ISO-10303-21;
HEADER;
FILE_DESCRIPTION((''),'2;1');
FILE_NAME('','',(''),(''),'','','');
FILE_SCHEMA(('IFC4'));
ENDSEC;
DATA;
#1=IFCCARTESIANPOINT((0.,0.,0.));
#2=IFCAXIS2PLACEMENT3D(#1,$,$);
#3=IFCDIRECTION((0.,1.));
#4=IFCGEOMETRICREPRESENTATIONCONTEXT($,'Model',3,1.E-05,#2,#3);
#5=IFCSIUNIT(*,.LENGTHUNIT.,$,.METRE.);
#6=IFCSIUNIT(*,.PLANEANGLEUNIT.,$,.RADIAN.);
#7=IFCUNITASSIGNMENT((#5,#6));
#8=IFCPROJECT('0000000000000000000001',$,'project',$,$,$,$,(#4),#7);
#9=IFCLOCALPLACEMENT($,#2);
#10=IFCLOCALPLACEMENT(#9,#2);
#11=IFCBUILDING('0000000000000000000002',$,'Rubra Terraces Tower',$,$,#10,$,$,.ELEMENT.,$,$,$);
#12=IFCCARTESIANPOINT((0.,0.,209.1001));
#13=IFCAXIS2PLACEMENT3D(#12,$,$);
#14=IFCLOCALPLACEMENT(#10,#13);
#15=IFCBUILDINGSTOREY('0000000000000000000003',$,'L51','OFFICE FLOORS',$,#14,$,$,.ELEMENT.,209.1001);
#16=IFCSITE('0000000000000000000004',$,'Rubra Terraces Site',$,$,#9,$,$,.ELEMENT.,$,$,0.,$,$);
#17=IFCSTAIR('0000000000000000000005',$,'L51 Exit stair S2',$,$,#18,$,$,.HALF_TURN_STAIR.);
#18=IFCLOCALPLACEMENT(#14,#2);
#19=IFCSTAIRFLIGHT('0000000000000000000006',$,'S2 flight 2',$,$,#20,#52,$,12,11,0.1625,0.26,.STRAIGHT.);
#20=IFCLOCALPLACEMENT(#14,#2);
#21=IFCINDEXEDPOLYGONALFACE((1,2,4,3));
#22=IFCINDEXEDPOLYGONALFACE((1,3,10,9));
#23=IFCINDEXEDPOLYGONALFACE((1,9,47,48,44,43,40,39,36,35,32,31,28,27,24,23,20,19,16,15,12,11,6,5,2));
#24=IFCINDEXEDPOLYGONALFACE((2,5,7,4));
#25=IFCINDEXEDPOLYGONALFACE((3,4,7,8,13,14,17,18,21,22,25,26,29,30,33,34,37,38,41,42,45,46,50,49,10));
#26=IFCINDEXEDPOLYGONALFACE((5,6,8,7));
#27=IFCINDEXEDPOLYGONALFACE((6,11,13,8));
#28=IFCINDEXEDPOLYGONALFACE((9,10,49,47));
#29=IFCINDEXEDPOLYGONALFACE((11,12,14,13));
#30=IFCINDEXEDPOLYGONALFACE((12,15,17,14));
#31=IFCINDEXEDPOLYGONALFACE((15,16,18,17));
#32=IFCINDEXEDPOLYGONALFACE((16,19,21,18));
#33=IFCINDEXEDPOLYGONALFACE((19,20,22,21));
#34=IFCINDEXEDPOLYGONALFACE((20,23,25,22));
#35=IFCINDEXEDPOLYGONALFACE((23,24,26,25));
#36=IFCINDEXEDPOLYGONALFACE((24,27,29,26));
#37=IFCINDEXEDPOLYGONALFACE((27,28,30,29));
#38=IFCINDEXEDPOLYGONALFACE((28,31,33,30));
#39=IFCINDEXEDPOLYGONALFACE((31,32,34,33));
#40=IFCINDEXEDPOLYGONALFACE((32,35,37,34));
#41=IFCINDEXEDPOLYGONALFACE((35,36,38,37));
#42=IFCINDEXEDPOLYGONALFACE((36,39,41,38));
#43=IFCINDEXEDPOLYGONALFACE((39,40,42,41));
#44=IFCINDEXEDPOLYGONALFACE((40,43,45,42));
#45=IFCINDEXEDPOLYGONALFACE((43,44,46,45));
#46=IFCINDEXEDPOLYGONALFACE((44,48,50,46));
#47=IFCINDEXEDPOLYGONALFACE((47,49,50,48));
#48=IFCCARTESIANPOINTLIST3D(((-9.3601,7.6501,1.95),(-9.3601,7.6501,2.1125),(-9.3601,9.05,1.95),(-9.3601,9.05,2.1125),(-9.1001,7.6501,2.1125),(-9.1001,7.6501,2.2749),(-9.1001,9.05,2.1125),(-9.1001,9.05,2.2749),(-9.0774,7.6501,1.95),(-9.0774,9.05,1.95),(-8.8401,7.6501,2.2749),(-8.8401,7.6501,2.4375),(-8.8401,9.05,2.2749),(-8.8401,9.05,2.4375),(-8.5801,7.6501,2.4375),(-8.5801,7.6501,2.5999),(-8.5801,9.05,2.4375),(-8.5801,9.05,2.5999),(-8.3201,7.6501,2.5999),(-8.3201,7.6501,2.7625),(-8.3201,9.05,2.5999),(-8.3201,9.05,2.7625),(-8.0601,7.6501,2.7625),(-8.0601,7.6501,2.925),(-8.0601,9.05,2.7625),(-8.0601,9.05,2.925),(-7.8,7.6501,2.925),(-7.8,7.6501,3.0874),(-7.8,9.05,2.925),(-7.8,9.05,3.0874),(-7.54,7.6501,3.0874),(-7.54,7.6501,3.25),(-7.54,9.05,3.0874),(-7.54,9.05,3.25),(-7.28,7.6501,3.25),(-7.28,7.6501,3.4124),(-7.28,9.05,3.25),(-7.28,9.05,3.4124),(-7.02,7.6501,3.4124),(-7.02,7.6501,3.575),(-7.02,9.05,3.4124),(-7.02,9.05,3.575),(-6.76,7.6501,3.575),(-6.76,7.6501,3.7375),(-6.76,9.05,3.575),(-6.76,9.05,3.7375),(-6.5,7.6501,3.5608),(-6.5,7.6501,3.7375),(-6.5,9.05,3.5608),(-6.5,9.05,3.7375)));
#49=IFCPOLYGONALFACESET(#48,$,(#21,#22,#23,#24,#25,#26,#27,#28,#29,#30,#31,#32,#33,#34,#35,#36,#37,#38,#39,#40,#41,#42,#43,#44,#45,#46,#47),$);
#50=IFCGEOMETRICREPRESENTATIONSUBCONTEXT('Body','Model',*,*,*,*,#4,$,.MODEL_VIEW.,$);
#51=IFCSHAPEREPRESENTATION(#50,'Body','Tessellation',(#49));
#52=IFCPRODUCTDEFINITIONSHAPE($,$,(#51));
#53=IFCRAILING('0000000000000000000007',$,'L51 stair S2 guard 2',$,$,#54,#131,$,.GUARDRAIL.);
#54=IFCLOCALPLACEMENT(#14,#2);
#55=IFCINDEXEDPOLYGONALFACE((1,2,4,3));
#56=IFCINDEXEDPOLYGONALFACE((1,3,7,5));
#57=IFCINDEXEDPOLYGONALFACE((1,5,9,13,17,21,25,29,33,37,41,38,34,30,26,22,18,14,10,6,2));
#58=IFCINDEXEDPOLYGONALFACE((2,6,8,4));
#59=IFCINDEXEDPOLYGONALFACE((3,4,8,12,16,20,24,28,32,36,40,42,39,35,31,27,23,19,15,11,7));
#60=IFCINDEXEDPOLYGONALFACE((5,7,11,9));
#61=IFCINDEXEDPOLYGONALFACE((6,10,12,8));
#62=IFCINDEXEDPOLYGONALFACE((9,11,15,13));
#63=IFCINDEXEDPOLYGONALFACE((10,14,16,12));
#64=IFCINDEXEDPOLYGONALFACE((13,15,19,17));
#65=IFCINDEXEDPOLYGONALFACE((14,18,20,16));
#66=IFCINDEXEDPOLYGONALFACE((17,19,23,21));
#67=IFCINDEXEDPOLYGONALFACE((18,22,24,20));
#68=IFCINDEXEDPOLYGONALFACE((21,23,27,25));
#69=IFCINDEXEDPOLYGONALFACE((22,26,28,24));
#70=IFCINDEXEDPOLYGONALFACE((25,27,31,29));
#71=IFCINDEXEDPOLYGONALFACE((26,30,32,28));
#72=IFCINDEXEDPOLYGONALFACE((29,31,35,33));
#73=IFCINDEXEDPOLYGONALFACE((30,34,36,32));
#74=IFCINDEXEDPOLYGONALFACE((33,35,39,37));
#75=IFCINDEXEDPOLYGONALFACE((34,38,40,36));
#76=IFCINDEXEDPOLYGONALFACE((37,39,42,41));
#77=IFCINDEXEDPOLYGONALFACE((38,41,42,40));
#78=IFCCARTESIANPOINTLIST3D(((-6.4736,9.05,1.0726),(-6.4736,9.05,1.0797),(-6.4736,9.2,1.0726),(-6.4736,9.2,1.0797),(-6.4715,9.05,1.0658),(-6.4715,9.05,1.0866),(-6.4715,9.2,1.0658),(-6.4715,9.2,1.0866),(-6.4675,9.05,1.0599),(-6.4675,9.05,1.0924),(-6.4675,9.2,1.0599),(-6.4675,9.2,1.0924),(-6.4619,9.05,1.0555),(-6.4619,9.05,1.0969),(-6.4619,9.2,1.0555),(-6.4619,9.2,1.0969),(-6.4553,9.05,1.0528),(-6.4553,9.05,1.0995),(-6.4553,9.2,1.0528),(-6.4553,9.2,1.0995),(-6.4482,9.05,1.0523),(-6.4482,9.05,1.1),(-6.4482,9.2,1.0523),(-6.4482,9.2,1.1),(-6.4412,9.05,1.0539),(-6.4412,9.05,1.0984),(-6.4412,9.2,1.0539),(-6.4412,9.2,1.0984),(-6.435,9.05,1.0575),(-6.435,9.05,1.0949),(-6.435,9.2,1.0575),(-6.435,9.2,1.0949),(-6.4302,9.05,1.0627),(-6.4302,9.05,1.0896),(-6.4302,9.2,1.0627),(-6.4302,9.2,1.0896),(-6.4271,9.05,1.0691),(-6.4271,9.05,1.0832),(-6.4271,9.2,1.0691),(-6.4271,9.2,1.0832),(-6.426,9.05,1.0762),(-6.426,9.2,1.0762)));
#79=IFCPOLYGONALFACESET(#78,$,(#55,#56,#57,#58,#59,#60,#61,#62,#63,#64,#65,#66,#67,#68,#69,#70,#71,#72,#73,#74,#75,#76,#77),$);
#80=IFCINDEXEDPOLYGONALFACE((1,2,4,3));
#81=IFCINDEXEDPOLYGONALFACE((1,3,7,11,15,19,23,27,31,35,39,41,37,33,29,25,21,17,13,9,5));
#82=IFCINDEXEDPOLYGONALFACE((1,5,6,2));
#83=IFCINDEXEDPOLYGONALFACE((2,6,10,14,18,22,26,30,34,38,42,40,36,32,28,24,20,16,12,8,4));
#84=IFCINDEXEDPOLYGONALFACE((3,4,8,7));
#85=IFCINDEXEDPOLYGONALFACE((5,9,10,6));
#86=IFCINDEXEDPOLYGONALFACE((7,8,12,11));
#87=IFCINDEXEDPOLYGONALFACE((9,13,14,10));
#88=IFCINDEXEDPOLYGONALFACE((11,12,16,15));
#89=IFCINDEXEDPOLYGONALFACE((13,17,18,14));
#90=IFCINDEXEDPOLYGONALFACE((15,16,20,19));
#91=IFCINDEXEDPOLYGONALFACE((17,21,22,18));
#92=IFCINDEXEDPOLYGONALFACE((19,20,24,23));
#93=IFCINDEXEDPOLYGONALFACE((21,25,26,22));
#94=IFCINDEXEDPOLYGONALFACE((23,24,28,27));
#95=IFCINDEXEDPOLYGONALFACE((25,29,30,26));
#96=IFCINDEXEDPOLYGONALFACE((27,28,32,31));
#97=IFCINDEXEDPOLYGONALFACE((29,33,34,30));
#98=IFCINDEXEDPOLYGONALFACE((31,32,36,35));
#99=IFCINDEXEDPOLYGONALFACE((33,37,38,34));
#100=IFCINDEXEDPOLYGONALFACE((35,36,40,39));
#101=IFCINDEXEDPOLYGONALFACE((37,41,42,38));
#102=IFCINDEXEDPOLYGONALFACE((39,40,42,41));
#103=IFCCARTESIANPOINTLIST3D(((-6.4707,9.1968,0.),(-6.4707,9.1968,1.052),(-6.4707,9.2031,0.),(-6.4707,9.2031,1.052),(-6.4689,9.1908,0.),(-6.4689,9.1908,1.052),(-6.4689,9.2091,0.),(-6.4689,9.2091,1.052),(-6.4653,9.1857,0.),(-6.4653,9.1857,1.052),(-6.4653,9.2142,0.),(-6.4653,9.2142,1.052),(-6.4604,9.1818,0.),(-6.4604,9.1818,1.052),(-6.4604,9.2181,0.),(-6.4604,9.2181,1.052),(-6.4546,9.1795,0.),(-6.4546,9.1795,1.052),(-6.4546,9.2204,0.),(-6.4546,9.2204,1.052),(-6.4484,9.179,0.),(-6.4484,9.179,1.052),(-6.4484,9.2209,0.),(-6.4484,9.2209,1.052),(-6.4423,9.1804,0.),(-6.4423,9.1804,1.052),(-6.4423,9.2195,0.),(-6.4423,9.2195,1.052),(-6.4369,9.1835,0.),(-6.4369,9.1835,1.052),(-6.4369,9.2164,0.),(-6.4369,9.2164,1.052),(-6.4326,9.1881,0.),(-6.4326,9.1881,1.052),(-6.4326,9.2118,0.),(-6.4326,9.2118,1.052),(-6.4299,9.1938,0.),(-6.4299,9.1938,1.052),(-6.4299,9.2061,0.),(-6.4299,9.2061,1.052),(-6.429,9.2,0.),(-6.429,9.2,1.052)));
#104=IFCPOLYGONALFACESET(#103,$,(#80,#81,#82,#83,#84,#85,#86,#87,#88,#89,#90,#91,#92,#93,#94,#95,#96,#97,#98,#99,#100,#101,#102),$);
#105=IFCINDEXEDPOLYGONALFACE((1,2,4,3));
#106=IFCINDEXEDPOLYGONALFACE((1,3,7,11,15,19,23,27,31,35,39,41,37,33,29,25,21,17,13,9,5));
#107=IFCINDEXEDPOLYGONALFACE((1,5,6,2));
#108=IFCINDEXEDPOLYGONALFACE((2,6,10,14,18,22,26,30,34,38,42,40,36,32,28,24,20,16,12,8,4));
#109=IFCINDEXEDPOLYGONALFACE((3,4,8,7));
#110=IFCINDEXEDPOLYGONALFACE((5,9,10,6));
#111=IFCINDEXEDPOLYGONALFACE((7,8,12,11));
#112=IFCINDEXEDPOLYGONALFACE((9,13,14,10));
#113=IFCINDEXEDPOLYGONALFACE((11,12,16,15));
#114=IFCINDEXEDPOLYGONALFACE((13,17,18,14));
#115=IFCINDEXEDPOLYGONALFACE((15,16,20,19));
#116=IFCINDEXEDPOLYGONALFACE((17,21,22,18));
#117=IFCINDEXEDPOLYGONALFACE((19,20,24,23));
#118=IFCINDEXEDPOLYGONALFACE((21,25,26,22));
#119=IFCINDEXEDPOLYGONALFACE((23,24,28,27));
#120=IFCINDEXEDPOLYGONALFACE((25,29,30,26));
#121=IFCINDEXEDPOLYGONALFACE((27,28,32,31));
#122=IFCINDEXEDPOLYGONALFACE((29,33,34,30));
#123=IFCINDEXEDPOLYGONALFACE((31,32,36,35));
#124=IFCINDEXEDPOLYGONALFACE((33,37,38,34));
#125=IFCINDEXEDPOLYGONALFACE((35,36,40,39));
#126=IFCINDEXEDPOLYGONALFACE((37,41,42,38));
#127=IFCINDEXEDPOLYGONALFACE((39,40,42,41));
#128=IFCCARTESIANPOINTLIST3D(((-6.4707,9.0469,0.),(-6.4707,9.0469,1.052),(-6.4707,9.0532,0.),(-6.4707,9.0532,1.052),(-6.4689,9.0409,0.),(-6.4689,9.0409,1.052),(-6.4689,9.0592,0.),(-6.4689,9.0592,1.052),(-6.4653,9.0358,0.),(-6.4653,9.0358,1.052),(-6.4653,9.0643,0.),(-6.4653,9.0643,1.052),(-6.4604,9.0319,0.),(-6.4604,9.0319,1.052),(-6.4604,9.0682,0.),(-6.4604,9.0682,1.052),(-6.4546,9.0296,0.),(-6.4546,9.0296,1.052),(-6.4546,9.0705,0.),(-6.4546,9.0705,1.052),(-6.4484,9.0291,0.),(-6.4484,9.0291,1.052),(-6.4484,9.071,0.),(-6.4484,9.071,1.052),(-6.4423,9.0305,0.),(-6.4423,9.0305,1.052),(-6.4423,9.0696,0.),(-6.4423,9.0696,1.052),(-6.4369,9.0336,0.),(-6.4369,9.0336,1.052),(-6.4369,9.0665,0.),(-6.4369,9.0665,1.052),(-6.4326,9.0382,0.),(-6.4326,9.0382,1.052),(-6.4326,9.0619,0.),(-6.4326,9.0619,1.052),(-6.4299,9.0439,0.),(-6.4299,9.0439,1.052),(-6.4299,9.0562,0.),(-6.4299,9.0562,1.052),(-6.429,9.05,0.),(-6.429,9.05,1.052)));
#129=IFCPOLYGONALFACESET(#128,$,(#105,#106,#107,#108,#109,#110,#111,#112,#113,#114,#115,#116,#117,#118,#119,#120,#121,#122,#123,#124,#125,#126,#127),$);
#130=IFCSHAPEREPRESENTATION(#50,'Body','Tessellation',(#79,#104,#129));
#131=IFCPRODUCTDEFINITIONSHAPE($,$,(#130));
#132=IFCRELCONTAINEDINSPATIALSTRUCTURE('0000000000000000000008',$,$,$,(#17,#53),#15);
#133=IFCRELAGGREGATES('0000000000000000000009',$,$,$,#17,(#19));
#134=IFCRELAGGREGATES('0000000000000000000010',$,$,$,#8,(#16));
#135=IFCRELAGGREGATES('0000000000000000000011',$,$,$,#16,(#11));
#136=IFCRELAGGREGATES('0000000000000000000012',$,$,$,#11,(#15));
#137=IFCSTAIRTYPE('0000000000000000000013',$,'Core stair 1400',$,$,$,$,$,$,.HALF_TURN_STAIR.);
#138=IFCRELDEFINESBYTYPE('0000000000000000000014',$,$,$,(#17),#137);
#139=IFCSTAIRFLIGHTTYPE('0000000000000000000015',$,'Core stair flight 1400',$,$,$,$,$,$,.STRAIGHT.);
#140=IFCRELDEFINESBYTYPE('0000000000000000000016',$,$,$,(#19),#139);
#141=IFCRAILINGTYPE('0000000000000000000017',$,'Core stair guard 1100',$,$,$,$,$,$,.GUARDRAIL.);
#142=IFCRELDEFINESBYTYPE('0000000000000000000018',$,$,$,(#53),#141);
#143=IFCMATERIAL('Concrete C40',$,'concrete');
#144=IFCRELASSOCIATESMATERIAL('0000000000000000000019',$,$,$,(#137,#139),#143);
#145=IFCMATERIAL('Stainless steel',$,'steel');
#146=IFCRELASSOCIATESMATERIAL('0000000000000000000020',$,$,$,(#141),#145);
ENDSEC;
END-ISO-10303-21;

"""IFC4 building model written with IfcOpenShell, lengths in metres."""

from ifc_helpers import new_model, si_unit, direction, frame, origin, origin_2d, place, context, subcontext, project, spatial, polyline, circle, outline, extrude, material, type_object, element, aggregate, save


model = new_model("IFC4")

# Units and contexts
model_context = context("Model", 3, precision=1e-05, world=origin(), true_north=direction((0.0, 1.0)))
body_context = subcontext(model_context, "Body", "Model", "MODEL_VIEW")
ifc_project = project(units=[si_unit("LENGTHUNIT", "METRE"), si_unit("PLANEANGLEUNIT", "RADIAN")], contexts=[model_context])

# Site, building, storey
site_placement = place(None, origin())
site = spatial("IfcSite", under=ifc_project, at=site_placement, Name="Rubra Terraces Site", CompositionType="ELEMENT", RefElevation=0.0)
building_placement = place(site_placement, origin())
building = spatial("IfcBuilding", under=site, at=building_placement, Name="Rubra Terraces Tower", CompositionType="ELEMENT")
storey_placement = place(building_placement, frame((0.0, 0.0, 209.1001)))
storey = spatial("IfcBuildingStorey", under=building, at=storey_placement, Name="L51", Description="OFFICE FLOORS", CompositionType="ELEMENT", Elevation=209.1001)

# Shared definitions
ifc_material_1 = material(Name="Stainless steel", Category="steel")

# Stair, stair flight
ifc_material_2 = material(Name="Concrete C40", Category="concrete")
stair_type = type_object("IfcStairType", Name="Core stair 1400", PredefinedType="HALF_TURN_STAIR", material=ifc_material_2)
stair_placement = place(storey_placement, origin())
stair = element("IfcStair", 1, at=stair_placement, inside=storey, type_object=stair_type, Name="L51 Exit stair S2", PredefinedType="HALF_TURN_STAIR")
stair_flight_type = type_object("IfcStairFlightType", Name="Core stair flight 1400", PredefinedType="STRAIGHT", material=ifc_material_2)
stair_flight_1_placement = place(storey_placement, frame((-9.3601, 8.3501, 1.95), z_axis=(0.0, 0.0, 1.0), x_axis=(1.0, 0.0, 0.0)))
stair_flight_1 = element("IfcStairFlight", 2, at=stair_flight_1_placement, type_object=stair_flight_type, Name="S2 flight 2", NumberOfRisers=12, NumberOfTreads=11, PredefinedType="STRAIGHT", RiserHeight=0.1625, TreadLength=0.26, context=body_context, shape_type="SweptSolid", body=[
    extrude(outline(polyline([(0.0, 0.0), (0.0, 0.1626), (0.26, 0.1626), (0.26, 0.325), (0.52, 0.325), (0.52, 0.4875), (0.78, 0.4875), (0.78, 0.6499), (1.04, 0.6499), (1.04, 0.8125), (1.3, 0.8125), (1.3, 0.9751), (1.5601, 0.9751), (1.5601, 1.1375), (1.8201, 1.1375), (1.8201, 1.3), (2.0801, 1.3), (2.0801, 1.4624), (2.3401, 1.4624), (2.3401, 1.625), (2.6001, 1.625), (2.6001, 1.7876), (2.8601, 1.7876), (2.8601, 1.95), (2.8601, 1.6108), (0.2827, 0.0), (0.0, 0.0)])), frame((0.0, 0.7, 0.0), z_axis=(0.0, -1.0, 0.0), x_axis=(1.0, 0.0, 0.0)), (0.0, 0.0, 1.0), 1.3999),
])
aggregate(stair, [stair_flight_1])

# Railing
railing_type_1 = type_object("IfcRailingType", Name="Core stair guard 1100", PredefinedType="GUARDRAIL", material=ifc_material_1)
railing_1_placement = place(storey_placement, frame((-6.45, 9.2, 0.0)))
element("IfcRailing", 3, at=railing_1_placement, inside=storey, type_object=railing_type_1, Name="L51 stair S2 guard 2", PredefinedType="GUARDRAIL", context=body_context, shape_type="SweptSolid", body=[
    extrude(circle(Radius=0.0239, at=origin_2d()), frame((0.0, 0.0, 1.0762), z_axis=(0.0, -1.0, 0.0), x_axis=(1.0, 0.0, 0.0)), (0.0, 0.0, 1.0), 0.1499),
    extrude(circle(Radius=0.021, at=origin_2d()), origin(), (0.0, 0.0, 1.0), 1.052),
    extrude(circle(Radius=0.021, at=origin_2d()), frame((0.0, -0.1499, 0.0)), (0.0, 0.0, 1.0), 1.052),
])

save(model, "model.ifc")
